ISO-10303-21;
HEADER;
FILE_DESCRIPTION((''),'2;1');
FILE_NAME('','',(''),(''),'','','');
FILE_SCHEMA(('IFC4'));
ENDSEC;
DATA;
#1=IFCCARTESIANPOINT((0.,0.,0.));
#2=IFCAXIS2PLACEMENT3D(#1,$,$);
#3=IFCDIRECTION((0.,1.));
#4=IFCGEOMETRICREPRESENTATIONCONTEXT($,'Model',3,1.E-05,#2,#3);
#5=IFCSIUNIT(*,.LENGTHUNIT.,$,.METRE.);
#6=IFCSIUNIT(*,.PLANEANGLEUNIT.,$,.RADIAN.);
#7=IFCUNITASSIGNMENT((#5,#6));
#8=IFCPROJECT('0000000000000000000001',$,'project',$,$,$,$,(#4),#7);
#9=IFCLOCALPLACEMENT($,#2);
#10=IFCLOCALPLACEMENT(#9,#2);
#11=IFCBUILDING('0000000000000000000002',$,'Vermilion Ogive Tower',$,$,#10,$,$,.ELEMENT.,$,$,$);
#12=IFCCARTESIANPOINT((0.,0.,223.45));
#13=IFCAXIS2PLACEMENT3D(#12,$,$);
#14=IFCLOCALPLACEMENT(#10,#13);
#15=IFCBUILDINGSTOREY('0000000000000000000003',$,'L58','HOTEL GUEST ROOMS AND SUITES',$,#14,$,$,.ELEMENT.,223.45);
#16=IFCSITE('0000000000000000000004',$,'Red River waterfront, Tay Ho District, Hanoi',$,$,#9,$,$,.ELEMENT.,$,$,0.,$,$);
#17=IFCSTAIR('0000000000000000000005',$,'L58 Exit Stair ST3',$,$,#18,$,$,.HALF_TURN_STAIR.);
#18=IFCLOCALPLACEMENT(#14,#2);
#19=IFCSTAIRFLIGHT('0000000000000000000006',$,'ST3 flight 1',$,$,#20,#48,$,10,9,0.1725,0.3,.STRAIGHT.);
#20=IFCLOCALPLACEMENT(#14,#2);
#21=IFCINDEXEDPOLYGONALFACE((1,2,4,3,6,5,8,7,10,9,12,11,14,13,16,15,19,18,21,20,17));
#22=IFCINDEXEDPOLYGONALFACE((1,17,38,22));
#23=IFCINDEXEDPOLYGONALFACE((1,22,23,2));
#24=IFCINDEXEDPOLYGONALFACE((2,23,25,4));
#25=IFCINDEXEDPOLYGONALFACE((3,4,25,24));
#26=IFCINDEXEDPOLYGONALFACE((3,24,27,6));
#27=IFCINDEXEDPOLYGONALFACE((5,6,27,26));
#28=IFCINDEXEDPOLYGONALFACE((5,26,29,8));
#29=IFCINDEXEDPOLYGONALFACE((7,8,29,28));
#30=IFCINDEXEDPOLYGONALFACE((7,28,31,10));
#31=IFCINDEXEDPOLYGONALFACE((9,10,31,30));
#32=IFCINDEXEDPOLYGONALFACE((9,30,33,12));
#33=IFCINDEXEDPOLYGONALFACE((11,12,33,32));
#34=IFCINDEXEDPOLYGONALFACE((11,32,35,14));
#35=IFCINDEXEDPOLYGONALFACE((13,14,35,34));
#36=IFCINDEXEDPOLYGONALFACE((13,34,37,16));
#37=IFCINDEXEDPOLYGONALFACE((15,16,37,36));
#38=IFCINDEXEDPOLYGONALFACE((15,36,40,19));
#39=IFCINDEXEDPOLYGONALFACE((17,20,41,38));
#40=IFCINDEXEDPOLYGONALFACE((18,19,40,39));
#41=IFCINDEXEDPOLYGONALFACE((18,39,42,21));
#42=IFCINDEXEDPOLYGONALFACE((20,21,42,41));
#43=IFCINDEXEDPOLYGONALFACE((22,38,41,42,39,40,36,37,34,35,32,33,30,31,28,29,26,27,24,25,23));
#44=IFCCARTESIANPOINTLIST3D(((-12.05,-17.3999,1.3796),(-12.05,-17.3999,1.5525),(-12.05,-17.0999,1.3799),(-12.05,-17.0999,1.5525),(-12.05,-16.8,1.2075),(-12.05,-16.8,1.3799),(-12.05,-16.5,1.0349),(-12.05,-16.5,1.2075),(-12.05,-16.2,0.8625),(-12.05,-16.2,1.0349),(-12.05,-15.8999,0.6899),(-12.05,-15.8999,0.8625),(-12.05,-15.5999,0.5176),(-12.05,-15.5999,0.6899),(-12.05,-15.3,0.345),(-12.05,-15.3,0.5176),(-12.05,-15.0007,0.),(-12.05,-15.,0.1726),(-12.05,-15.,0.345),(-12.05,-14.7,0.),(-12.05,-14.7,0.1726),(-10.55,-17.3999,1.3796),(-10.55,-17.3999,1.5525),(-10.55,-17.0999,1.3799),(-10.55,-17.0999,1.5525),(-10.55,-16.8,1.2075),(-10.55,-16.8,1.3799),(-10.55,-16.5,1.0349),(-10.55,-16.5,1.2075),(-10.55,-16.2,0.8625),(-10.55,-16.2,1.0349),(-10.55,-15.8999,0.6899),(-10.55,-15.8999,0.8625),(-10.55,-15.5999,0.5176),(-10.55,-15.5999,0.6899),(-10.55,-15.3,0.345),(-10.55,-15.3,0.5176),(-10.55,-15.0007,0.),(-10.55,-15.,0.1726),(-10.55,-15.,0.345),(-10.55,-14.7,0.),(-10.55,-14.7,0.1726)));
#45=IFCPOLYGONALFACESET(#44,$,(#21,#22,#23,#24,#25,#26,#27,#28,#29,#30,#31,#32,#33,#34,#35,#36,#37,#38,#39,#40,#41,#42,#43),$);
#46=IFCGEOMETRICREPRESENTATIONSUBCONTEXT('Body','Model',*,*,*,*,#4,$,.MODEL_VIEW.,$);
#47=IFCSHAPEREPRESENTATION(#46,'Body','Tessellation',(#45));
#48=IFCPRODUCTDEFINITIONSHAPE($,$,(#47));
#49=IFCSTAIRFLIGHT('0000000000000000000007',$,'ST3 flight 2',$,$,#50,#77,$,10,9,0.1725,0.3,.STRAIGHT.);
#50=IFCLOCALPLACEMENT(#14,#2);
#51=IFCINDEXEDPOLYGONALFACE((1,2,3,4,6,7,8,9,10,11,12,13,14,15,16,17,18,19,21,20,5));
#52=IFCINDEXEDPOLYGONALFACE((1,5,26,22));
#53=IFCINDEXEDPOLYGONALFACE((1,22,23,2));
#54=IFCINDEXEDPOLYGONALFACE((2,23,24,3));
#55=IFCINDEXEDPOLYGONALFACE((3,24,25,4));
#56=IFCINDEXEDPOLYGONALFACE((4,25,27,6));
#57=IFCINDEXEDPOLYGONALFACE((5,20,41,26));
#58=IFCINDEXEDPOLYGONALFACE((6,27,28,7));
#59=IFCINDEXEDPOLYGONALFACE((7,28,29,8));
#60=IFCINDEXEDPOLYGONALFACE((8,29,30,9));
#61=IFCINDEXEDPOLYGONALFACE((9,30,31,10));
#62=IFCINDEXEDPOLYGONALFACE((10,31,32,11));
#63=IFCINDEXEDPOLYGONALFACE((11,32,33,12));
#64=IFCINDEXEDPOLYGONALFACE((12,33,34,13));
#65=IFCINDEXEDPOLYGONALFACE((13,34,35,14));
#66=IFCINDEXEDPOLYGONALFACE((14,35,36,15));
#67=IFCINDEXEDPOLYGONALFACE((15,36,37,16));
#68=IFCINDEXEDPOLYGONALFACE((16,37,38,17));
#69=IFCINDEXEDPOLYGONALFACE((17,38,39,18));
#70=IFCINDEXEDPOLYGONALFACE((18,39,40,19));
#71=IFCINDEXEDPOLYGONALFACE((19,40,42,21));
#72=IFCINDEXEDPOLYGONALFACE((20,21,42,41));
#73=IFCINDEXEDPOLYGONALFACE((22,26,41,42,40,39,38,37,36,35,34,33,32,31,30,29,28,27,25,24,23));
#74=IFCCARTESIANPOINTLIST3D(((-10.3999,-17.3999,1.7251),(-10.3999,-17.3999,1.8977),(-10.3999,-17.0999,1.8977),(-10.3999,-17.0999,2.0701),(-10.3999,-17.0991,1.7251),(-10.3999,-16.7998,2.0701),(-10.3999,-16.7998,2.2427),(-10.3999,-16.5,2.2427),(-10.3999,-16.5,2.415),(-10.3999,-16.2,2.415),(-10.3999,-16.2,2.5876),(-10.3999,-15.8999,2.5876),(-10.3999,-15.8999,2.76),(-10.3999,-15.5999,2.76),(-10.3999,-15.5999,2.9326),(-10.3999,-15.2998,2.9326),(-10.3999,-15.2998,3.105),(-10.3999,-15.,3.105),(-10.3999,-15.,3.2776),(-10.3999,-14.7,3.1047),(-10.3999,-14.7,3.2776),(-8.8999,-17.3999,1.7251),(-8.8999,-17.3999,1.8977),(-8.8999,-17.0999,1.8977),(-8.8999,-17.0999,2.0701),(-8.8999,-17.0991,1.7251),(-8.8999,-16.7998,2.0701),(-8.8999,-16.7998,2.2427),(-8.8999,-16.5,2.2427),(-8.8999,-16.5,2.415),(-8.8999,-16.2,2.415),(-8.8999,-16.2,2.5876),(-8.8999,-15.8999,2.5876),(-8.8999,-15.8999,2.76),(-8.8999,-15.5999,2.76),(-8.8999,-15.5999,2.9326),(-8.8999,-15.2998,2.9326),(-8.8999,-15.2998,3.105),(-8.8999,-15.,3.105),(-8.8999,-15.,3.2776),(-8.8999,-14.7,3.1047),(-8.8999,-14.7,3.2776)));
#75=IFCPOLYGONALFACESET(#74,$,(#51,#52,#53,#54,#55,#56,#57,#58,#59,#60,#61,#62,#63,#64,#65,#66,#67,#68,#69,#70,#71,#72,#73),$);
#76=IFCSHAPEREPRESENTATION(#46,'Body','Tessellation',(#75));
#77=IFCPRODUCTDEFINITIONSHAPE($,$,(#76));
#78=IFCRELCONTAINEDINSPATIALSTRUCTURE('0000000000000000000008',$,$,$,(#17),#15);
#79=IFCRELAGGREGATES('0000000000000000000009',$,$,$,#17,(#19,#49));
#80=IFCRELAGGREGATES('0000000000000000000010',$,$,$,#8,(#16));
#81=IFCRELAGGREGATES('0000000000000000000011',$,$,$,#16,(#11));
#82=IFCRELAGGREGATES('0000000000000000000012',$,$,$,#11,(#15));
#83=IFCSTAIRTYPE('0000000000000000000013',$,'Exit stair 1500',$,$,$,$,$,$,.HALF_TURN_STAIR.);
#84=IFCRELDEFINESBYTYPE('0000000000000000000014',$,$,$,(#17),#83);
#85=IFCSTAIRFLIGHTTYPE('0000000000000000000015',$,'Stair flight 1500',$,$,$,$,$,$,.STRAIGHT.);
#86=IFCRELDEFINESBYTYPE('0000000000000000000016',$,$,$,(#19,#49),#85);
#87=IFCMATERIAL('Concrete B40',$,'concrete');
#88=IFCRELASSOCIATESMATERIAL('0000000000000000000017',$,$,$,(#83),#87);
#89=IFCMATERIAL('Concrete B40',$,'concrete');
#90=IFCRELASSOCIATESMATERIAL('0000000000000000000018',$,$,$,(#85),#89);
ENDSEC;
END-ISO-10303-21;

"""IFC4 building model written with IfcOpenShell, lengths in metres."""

from ifc_helpers import new_model, si_unit, direction, frame, origin, place, context, subcontext, project, spatial, polyline, outline, extrude, material, type_object, element, aggregate, save


model = new_model("IFC4")

# Units and contexts
model_context = context("Model", 3, precision=1e-05, world=origin(), true_north=direction((0.0, 1.0)))
body_context = subcontext(model_context, "Body", "Model", "MODEL_VIEW")
ifc_project = project(units=[si_unit("LENGTHUNIT", "METRE"), si_unit("PLANEANGLEUNIT", "RADIAN")], contexts=[model_context])

# Site, building, storey
site_placement = place(None, origin())
site = spatial("IfcSite", under=ifc_project, at=site_placement, Name="Red River waterfront, Tay Ho District, Hanoi", CompositionType="ELEMENT", RefElevation=0.0)
building_placement = place(site_placement, origin())
building = spatial("IfcBuilding", under=site, at=building_placement, Name="Vermilion Ogive Tower", CompositionType="ELEMENT")
storey_placement = place(building_placement, frame((0.0, 0.0, 223.45)))
storey = spatial("IfcBuildingStorey", under=building, at=storey_placement, Name="L58", Description="HOTEL GUEST ROOMS AND SUITES", CompositionType="ELEMENT", Elevation=223.45)

# Stair, stair flights
ifc_material_1 = material(Name="Concrete B40", Category="concrete")
stair_type = type_object("IfcStairType", Name="Exit stair 1500", PredefinedType="HALF_TURN_STAIR", material=ifc_material_1)
stair_placement = place(storey_placement, origin())
stair = element("IfcStair", 1, at=stair_placement, inside=storey, type_object=stair_type, Name="L58 Exit Stair ST3", PredefinedType="HALF_TURN_STAIR")
ifc_material_2 = material(Name="Concrete B40", Category="concrete")
stair_flight_type = type_object("IfcStairFlightType", Name="Stair flight 1500", PredefinedType="STRAIGHT", material=ifc_material_2)
stair_flight_1_placement = place(storey_placement, frame((-11.3, -14.7, 0.0), z_axis=(0.0, 0.0, 1.0), x_axis=(0.0, -1.0, 0.0)))
stair_flight_1 = element("IfcStairFlight", 2, at=stair_flight_1_placement, type_object=stair_flight_type, Name="ST3 flight 1", NumberOfRisers=10, NumberOfTreads=9, PredefinedType="STRAIGHT", RiserHeight=0.1725, TreadLength=0.3, context=body_context, shape_type="SweptSolid", body=[
    extrude(outline(polyline([(0.0, 0.0), (0.0, 0.1726), (0.3, 0.1726), (0.3, 0.345), (0.6001, 0.345), (0.6001, 0.5176), (0.8999, 0.5176), (0.8999, 0.6899), (1.2, 0.6899), (1.2, 0.8625), (1.5, 0.8625), (1.5, 1.0349), (1.8, 1.0349), (1.8, 1.2075), (2.1001, 1.2075), (2.1001, 1.3799), (2.3999, 1.3799), (2.3999, 1.5525), (2.7, 1.5525), (2.7, 1.7251), (2.7, 1.3796), (0.3008, 0.0), (0.0, 0.0)])), frame((0.0, 0.75, 0.0), z_axis=(0.0, -1.0, 0.0), x_axis=(1.0, 0.0, 0.0)), (0.0, 0.0, 1.0), 1.5),
])
stair_flight_2_placement = place(storey_placement, frame((-9.6499, -17.3999, 1.7251), z_axis=(0.0, 0.0, 1.0), x_axis=(0.0, 1.0, 0.0)))
stair_flight_2 = element("IfcStairFlight", 3, at=stair_flight_2_placement, type_object=stair_flight_type, Name="ST3 flight 2", NumberOfRisers=10, NumberOfTreads=9, PredefinedType="STRAIGHT", RiserHeight=0.1725, TreadLength=0.3, context=body_context, shape_type="SweptSolid", body=[
    extrude(outline(polyline([(0.0, 0.0), (0.0, 0.1726), (0.3, 0.1726), (0.3, 0.345), (0.6001, 0.345), (0.6001, 0.5176), (0.8999, 0.5176), (0.8999, 0.6899), (1.2, 0.6899), (1.2, 0.8625), (1.5, 0.8625), (1.5, 1.0349), (1.8, 1.0349), (1.8, 1.2075), (2.1001, 1.2075), (2.1001, 1.3799), (2.3999, 1.3799), (2.3999, 1.5525), (2.7, 1.5525), (2.7, 1.7251), (2.7, 1.3796), (0.3008, 0.0), (0.0, 0.0)])), frame((0.0, 0.75, 0.0), z_axis=(0.0, -1.0, 0.0), x_axis=(1.0, 0.0, 0.0)), (0.0, 0.0, 1.0), 1.5),
])
aggregate(stair, [stair_flight_1, stair_flight_2])

save(model, "model.ifc")
